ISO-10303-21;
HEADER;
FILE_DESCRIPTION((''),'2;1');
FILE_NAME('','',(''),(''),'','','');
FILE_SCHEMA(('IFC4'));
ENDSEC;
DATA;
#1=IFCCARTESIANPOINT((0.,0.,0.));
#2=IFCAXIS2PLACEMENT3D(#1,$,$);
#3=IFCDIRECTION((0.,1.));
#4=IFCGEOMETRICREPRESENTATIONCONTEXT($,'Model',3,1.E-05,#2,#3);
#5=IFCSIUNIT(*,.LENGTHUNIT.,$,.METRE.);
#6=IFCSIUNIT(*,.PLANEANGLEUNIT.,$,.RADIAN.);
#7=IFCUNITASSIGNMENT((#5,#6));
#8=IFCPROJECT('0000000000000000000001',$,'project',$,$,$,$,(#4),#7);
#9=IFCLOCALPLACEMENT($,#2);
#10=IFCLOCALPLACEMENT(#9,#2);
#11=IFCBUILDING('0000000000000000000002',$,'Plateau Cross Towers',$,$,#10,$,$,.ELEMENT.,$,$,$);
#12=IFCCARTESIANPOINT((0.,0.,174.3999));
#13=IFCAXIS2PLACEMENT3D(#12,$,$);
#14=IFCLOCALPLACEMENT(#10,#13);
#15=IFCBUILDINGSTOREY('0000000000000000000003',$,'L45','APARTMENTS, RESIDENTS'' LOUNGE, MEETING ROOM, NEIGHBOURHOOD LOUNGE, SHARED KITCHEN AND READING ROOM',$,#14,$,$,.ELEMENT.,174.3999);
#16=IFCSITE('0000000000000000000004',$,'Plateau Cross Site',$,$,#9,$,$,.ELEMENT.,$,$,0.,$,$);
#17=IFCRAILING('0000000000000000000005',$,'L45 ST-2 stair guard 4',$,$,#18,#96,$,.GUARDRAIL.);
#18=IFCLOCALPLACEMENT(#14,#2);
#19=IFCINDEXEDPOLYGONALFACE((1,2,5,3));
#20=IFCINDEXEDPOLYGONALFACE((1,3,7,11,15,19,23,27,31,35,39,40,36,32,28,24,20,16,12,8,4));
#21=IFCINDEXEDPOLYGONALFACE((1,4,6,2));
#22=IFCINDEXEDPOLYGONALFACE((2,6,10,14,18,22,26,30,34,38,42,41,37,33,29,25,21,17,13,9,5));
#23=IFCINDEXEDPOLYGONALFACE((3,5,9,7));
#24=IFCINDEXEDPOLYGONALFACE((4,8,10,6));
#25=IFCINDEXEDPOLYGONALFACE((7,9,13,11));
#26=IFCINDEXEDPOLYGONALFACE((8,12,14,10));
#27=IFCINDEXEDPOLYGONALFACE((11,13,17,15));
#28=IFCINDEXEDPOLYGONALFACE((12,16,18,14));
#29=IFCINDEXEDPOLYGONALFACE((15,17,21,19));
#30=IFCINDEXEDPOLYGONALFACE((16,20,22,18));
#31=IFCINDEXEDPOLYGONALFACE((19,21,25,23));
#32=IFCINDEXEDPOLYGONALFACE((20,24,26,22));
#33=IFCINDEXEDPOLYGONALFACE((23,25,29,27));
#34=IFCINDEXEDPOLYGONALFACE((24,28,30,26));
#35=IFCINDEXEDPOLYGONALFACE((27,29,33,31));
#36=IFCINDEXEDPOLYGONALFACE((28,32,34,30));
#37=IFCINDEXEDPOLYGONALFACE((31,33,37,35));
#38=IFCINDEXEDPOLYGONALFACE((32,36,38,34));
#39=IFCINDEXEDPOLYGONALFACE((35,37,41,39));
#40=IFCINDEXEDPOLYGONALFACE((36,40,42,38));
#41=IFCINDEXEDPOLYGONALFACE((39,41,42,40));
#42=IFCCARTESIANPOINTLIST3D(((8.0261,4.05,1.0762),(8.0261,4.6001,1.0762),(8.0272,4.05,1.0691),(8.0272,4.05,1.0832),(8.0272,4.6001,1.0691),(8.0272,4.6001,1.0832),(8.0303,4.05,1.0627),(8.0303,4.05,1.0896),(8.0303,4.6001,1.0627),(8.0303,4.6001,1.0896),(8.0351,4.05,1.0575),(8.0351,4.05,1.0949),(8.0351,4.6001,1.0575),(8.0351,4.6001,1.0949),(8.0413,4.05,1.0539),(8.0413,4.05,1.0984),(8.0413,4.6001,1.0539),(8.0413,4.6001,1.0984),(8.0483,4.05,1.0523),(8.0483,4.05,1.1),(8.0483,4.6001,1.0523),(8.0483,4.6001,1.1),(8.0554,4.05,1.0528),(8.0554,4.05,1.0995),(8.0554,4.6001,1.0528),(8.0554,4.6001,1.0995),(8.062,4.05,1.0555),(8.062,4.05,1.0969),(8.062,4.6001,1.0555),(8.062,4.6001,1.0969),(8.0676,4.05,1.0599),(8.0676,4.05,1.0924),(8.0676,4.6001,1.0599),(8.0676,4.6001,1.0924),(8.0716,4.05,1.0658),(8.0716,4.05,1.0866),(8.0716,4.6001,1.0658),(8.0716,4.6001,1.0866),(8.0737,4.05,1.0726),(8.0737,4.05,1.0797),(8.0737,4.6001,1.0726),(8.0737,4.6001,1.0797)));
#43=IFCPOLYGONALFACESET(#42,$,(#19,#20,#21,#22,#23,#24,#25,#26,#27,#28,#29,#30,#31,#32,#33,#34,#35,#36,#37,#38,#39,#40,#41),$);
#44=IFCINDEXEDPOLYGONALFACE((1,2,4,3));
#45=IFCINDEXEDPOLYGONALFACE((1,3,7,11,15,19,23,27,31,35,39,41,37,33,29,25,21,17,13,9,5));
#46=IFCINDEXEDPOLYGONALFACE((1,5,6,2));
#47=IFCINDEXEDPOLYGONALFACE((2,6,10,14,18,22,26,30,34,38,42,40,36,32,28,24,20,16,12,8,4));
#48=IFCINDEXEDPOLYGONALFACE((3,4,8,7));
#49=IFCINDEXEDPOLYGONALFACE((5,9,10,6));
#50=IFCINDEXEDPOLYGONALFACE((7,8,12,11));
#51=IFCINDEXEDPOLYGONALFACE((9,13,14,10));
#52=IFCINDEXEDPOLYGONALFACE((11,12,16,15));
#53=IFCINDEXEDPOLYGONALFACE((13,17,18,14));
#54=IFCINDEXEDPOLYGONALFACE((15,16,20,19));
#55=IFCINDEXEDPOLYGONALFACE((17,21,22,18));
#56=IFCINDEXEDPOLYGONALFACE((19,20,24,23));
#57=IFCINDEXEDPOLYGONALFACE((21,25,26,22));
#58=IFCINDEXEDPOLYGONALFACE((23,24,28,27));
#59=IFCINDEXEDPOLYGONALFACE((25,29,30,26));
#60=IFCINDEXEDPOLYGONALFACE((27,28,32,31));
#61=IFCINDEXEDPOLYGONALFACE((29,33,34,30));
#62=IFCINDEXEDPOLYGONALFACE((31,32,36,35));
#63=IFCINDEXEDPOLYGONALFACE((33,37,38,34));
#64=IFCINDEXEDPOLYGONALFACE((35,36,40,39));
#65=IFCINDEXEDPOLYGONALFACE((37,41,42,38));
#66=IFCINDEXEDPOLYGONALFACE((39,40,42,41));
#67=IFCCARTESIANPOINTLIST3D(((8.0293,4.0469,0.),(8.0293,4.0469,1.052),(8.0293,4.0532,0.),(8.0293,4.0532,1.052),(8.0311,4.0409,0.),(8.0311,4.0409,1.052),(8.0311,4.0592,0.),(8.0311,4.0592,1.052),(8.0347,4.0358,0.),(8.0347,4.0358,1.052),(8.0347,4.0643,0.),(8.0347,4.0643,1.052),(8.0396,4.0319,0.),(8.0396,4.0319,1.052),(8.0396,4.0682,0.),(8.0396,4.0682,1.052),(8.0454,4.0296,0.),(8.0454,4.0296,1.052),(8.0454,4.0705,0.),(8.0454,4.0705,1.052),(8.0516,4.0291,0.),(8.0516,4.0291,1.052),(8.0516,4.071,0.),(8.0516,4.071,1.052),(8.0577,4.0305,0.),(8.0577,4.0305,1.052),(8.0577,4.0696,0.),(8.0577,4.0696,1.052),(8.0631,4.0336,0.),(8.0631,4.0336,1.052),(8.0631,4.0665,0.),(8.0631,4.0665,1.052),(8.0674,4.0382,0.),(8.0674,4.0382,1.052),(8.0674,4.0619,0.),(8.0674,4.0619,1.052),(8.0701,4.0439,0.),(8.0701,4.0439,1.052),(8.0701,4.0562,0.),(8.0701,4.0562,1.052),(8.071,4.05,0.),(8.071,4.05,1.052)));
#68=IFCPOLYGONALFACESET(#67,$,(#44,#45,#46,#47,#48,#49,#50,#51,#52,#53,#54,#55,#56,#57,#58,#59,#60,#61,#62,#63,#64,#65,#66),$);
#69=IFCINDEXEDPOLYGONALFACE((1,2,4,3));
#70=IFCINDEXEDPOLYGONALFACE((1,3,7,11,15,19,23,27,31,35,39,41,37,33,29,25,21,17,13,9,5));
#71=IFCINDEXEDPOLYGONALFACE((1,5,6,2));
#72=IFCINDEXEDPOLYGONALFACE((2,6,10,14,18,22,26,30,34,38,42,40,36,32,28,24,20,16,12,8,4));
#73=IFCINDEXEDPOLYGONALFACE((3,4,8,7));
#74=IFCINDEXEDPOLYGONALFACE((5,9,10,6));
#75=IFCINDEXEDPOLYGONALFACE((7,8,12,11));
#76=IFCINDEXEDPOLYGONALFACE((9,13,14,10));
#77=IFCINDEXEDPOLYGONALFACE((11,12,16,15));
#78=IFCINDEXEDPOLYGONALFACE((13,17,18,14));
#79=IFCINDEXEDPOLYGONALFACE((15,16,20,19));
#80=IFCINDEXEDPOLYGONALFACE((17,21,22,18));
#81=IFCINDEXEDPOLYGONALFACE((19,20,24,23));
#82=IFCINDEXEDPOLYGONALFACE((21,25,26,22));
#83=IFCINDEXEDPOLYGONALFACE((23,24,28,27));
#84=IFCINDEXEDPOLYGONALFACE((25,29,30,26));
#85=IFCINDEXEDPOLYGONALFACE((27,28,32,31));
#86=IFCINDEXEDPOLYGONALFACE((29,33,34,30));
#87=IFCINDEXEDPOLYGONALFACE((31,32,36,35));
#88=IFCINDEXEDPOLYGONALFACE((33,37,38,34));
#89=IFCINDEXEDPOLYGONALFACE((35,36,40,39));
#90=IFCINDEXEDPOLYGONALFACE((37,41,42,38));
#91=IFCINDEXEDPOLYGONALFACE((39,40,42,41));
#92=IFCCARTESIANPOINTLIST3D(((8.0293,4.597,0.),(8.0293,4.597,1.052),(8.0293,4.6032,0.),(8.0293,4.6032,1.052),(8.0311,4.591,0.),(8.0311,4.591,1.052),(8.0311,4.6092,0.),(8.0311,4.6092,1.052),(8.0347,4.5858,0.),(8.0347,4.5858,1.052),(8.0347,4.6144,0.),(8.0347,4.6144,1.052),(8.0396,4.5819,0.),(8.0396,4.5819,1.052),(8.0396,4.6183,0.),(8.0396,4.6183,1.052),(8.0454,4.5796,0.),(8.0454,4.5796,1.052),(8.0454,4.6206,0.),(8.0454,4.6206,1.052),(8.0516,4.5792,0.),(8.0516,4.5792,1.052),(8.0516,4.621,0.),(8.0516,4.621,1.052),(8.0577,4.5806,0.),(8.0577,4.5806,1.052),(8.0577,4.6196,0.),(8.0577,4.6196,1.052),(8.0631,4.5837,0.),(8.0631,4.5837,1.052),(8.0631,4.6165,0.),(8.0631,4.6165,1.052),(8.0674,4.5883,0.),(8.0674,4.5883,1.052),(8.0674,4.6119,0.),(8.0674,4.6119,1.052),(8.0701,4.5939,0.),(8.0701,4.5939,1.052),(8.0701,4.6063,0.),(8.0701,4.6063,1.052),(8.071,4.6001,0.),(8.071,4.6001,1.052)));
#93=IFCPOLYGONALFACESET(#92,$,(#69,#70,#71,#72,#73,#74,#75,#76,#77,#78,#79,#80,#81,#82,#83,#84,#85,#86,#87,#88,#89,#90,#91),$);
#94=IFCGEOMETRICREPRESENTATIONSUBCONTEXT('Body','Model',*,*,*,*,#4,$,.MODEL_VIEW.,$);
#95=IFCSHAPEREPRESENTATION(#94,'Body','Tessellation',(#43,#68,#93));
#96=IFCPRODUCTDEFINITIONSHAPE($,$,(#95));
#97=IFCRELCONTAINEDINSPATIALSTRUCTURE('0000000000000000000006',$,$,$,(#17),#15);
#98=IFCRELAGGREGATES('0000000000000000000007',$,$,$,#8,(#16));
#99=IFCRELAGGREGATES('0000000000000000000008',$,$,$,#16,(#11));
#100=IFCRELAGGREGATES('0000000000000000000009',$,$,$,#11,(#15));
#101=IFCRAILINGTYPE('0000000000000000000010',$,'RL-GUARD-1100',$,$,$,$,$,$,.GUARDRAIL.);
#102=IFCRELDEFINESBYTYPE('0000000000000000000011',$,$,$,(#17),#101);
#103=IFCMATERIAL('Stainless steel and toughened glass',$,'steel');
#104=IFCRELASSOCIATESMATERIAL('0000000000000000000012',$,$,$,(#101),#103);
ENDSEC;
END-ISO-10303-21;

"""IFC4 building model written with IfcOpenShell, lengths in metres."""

from ifc_helpers import new_model, si_unit, direction, frame, origin, origin_2d, place, context, subcontext, project, spatial, circle, extrude, material, type_object, element, save


model = new_model("IFC4")

# Units and contexts
model_context = context("Model", 3, precision=1e-05, world=origin(), true_north=direction((0.0, 1.0)))
body_context = subcontext(model_context, "Body", "Model", "MODEL_VIEW")
ifc_project = project(units=[si_unit("LENGTHUNIT", "METRE"), si_unit("PLANEANGLEUNIT", "RADIAN")], contexts=[model_context])

# Site, building, storey
site_placement = place(None, origin())
site = spatial("IfcSite", under=ifc_project, at=site_placement, Name="Plateau Cross Site", CompositionType="ELEMENT", RefElevation=0.0)
building_placement = place(site_placement, origin())
building = spatial("IfcBuilding", under=site, at=building_placement, Name="Plateau Cross Towers", CompositionType="ELEMENT")
storey_placement = place(building_placement, frame((0.0, 0.0, 174.3999)))
storey = spatial("IfcBuildingStorey", under=building, at=storey_placement, Name="L45", Description="APARTMENTS, RESIDENTS' LOUNGE, MEETING ROOM, NEIGHBOURHOOD LOUNGE, SHARED KITCHEN AND READING ROOM", CompositionType="ELEMENT", Elevation=174.3999)

# Railing
ifc_material_1 = material(Name="Stainless steel and toughened glass", Category="steel")
railing_type_1 = type_object("IfcRailingType", Name="RL-GUARD-1100", PredefinedType="GUARDRAIL", material=ifc_material_1)
railing_1_placement = place(storey_placement, frame((8.05, 4.05, 0.0)))
element("IfcRailing", 1, at=railing_1_placement, inside=storey, type_object=railing_type_1, Name="L45 ST-2 stair guard 4", PredefinedType="GUARDRAIL", context=body_context, shape_type="SweptSolid", body=[
    extrude(circle(Radius=0.0239, at=origin_2d()), frame((0.0, 0.0, 1.0762), z_axis=(0.0, 1.0, 0.0), x_axis=(-1.0, 0.0, 0.0)), (0.0, 0.0, 1.0), 0.55),
    extrude(circle(Radius=0.021, at=origin_2d()), origin(), (0.0, 0.0, 1.0), 1.052),
    extrude(circle(Radius=0.021, at=origin_2d()), frame((0.0, 0.55, 0.0)), (0.0, 0.0, 1.0), 1.052),
])

save(model, "model.ifc")
